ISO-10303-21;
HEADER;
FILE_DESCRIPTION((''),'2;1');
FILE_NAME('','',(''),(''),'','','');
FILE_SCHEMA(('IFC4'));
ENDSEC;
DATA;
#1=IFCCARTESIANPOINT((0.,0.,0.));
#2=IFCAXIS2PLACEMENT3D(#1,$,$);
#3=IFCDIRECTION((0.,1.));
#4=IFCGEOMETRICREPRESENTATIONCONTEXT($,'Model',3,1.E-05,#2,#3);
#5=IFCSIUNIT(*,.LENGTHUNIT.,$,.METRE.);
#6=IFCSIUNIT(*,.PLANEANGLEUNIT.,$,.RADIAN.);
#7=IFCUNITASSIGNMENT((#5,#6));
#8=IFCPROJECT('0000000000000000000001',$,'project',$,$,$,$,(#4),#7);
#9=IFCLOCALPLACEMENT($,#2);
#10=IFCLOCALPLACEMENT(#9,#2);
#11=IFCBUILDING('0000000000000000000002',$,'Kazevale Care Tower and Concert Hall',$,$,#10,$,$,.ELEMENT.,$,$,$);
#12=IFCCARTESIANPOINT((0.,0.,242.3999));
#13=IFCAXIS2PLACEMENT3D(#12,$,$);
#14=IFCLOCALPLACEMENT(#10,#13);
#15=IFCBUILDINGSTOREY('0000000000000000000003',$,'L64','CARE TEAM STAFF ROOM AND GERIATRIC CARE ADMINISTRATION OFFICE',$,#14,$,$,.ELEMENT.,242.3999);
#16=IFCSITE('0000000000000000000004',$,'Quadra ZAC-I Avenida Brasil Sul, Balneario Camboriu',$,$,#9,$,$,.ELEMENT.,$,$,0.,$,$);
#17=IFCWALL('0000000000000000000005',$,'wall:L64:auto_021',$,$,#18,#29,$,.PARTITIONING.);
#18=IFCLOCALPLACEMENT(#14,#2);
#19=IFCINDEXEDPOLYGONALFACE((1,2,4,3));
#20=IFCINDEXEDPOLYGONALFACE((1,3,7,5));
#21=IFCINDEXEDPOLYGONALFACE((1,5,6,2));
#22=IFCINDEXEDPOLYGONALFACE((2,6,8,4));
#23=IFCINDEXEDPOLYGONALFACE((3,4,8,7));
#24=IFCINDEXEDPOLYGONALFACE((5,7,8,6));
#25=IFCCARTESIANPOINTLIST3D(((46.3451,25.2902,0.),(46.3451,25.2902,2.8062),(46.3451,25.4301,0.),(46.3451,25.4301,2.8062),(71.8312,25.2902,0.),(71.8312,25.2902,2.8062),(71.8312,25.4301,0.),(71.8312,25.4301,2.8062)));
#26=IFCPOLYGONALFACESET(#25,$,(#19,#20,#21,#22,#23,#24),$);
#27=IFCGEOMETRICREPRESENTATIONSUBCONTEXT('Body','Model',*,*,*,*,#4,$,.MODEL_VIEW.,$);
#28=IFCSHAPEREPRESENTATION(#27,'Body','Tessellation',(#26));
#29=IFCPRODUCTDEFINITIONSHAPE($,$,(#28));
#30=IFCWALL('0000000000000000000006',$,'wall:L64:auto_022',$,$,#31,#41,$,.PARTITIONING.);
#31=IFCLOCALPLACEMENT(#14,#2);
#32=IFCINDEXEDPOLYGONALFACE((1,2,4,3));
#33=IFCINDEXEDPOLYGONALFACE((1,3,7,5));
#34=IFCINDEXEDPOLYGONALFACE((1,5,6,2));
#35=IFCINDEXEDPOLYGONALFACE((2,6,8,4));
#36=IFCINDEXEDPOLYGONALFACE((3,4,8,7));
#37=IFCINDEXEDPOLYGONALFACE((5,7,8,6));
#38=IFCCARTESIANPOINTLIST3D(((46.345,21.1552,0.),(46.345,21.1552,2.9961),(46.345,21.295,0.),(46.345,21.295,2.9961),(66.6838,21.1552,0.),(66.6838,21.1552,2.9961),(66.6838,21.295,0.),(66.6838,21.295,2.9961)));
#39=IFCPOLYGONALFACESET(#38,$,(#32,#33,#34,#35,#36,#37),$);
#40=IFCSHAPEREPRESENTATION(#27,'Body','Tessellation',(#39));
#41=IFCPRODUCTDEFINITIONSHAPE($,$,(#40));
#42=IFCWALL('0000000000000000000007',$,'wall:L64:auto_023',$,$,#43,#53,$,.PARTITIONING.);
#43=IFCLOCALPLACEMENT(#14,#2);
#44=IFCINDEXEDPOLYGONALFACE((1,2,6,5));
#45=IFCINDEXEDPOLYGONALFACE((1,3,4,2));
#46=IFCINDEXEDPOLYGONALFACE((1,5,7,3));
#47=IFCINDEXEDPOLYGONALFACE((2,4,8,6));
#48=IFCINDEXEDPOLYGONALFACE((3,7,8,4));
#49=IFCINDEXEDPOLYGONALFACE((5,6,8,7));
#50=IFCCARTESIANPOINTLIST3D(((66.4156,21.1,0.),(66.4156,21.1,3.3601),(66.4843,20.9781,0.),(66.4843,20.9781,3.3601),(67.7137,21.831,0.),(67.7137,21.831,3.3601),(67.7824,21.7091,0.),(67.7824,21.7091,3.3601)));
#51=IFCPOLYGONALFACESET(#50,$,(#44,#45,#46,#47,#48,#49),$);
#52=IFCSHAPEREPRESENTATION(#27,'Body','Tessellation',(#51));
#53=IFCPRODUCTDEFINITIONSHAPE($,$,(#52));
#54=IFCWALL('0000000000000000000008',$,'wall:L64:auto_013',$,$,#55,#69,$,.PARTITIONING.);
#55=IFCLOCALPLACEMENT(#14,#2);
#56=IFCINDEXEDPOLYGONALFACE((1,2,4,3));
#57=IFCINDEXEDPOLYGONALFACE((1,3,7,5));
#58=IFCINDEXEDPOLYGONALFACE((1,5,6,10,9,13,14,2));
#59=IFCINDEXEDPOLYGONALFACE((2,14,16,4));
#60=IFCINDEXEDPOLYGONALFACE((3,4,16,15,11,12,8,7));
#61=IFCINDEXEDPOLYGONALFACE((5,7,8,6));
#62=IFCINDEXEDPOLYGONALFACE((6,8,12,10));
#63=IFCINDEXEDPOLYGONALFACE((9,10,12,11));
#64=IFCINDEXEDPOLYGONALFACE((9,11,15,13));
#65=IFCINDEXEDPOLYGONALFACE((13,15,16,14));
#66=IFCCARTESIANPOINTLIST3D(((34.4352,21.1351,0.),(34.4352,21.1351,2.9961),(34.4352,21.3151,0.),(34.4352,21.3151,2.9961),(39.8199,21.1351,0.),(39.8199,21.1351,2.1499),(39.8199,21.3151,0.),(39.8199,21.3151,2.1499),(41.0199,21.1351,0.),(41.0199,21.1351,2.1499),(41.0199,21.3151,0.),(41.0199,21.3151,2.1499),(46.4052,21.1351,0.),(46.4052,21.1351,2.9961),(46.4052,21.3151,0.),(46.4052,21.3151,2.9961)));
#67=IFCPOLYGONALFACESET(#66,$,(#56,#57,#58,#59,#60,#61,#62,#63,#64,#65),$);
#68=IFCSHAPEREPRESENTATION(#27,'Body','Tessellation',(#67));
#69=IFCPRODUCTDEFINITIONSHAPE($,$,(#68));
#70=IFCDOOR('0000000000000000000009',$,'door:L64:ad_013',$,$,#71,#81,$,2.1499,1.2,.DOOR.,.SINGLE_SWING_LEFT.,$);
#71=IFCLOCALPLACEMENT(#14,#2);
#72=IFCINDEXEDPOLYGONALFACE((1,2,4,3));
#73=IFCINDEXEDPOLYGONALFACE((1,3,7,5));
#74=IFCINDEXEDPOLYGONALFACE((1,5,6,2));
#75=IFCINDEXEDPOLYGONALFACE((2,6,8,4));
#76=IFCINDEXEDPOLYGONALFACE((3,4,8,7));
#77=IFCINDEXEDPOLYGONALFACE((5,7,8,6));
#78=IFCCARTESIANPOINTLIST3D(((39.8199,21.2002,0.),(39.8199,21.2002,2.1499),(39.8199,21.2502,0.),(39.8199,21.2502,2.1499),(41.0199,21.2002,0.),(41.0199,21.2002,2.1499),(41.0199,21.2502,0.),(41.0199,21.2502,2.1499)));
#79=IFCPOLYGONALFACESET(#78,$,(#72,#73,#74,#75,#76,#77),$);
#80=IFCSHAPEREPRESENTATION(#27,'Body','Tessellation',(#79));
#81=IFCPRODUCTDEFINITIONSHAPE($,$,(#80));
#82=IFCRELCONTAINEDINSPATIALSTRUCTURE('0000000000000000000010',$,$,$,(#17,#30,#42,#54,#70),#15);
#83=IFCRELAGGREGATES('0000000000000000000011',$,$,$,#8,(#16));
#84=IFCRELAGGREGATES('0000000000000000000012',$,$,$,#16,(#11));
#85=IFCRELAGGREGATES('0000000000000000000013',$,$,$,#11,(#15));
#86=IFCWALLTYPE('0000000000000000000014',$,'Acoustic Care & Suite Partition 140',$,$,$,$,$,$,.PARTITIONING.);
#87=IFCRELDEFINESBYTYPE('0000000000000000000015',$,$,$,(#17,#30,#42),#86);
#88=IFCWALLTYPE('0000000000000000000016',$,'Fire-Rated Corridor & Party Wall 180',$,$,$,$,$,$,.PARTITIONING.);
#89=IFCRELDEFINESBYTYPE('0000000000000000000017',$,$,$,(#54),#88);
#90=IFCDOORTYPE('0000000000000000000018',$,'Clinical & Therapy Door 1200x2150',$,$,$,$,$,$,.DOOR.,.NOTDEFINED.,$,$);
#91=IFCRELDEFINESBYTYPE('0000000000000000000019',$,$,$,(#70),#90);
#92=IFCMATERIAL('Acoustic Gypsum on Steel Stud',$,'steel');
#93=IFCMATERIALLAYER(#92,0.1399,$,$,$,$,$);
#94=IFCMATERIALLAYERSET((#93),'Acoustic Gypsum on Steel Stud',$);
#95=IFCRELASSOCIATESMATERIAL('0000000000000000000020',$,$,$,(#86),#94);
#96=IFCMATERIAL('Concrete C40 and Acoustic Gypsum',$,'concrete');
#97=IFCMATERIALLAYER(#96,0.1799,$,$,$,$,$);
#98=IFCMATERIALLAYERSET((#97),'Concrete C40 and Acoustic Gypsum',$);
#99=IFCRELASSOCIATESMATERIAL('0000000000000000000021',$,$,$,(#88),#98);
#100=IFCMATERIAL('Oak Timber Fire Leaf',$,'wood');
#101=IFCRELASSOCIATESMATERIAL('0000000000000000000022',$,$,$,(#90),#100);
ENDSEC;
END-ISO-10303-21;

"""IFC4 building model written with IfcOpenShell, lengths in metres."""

from ifc_helpers import new_model, si_unit, direction, frame, frame_2d, origin, place, context, subcontext, project, spatial, rectangle, extrude, material, layer, layer_set, type_object, element, fill, save


model = new_model("IFC4")

# Units and contexts
model_context = context("Model", 3, precision=1e-05, world=origin(), true_north=direction((0.0, 1.0)))
body_context = subcontext(model_context, "Body", "Model", "MODEL_VIEW")
ifc_project = project(units=[si_unit("LENGTHUNIT", "METRE"), si_unit("PLANEANGLEUNIT", "RADIAN")], contexts=[model_context])

# Site, building, storey
site_placement = place(None, origin())
site = spatial("IfcSite", under=ifc_project, at=site_placement, Name="Quadra ZAC-I Avenida Brasil Sul, Balneario Camboriu", CompositionType="ELEMENT", RefElevation=0.0)
building_placement = place(site_placement, origin())
building = spatial("IfcBuilding", under=site, at=building_placement, Name="Kazevale Care Tower and Concert Hall", CompositionType="ELEMENT")
storey_placement = place(building_placement, frame((0.0, 0.0, 242.3999)))
storey = spatial("IfcBuildingStorey", under=building, at=storey_placement, Name="L64", Description="CARE TEAM STAFF ROOM AND GERIATRIC CARE ADMINISTRATION OFFICE", CompositionType="ELEMENT", Elevation=242.3999)

# Walls
ifc_material_1 = material(Name="Acoustic Gypsum on Steel Stud", Category="steel")
ifc_layer_1 = layer(ifc_material_1, 0.1399)
ifc_layer_set_1 = layer_set([ifc_layer_1], Name="Acoustic Gypsum on Steel Stud")
wall_type_1 = type_object("IfcWallType", Name="Acoustic Care & Suite Partition 140", PredefinedType="PARTITIONING", material=ifc_layer_set_1)
wall_1_placement = place(storey_placement, frame((46.345, 25.3601, 0.0), z_axis=(0.0, 0.0, 1.0), x_axis=(1.0, 0.0, 0.0)))
element("IfcWall", 1, at=wall_1_placement, inside=storey, type_object=wall_type_1, Name="wall:L64:auto_021", PredefinedType="PARTITIONING", context=body_context, shape_type="SweptSolid", body=[
    extrude(rectangle(XDim=25.4861, YDim=0.1399, at=frame_2d((12.7432, 0.0))), origin(), (0.0, 0.0, 1.0), 2.8062),
])
wall_2_placement = place(storey_placement, frame((66.6838, 21.2251, 0.0), z_axis=(0.0, 0.0, 1.0), x_axis=(-1.0, 0.0, 0.0)))
element("IfcWall", 2, at=wall_2_placement, inside=storey, type_object=wall_type_1, Name="wall:L64:auto_022", PredefinedType="PARTITIONING", context=body_context, shape_type="SweptSolid", body=[
    extrude(rectangle(XDim=20.3389, YDim=0.1399, at=frame_2d((10.1694, 0.0))), origin(), (0.0, 0.0, 1.0), 2.9961),
])
wall_3_placement = place(storey_placement, frame((67.748, 21.77, 0.0), z_axis=(0.0, 0.0, 1.0), x_axis=(-0.871352, -0.490658, 0.0)))
element("IfcWall", 3, at=wall_3_placement, inside=storey, type_object=wall_type_1, Name="wall:L64:auto_023", PredefinedType="PARTITIONING", context=body_context, shape_type="SweptSolid", body=[
    extrude(rectangle(XDim=1.4897, YDim=0.1399, at=frame_2d((0.7449, 0.0))), origin(), (0.0, 0.0, 1.0), 3.3601),
])

# Wall, opening, door
ifc_material_2 = material(Name="Concrete C40 and Acoustic Gypsum", Category="concrete")
ifc_layer_2 = layer(ifc_material_2, 0.1799)
ifc_layer_set_2 = layer_set([ifc_layer_2], Name="Concrete C40 and Acoustic Gypsum")
wall_type_2 = type_object("IfcWallType", Name="Fire-Rated Corridor & Party Wall 180", PredefinedType="PARTITIONING", material=ifc_layer_set_2)
ifc_material_3 = material(Name="Oak Timber Fire Leaf", Category="wood")
door_type_1 = type_object("IfcDoorType", Name="Clinical & Therapy Door 1200x2150", OperationType="NOTDEFINED", PredefinedType="DOOR", material=ifc_material_3)
wall_4_placement = place(storey_placement, frame((46.405, 21.2251, 0.0), z_axis=(0.0, 0.0, 1.0), x_axis=(-1.0, 0.0, 0.0)))
wall_4 = element("IfcWall", 4, at=wall_4_placement, inside=storey, type_object=wall_type_2, Name="wall:L64:auto_013", PredefinedType="PARTITIONING", context=body_context, shape_type="SweptSolid", body=[
    extrude(rectangle(XDim=11.97, YDim=0.1799, at=frame_2d((5.9849, 0.0))), origin(), (0.0, 0.0, 1.0), 2.9961),
])
opening_1_placement = place(wall_4_placement, frame((5.385, 0.0, 0.0)))
opening_1 = element("IfcOpeningElement", 5, at=opening_1_placement, cuts=wall_4, PredefinedType="OPENING", context=body_context, shape_type="SweptSolid", body=[
    extrude(rectangle(XDim=1.2, YDim=2.1499, at=frame_2d((0.6001, 1.075))), frame((0.0, 0.0999, 0.0), z_axis=(0.0, -1.0, 0.0), x_axis=(1.0, 0.0, 0.0)), (0.0, 0.0, 1.0), 0.2),
])
door_1_placement = place(opening_1_placement, origin())
door_1 = element("IfcDoor", 6, at=door_1_placement, inside=storey, type_object=door_type_1, Name="door:L64:ad_013", OperationType="SINGLE_SWING_LEFT", OverallHeight=2.1499, OverallWidth=1.2, PredefinedType="DOOR", context=body_context, shape_type="SweptSolid", body=[
    extrude(rectangle(XDim=1.2, YDim=2.1499, at=frame_2d((0.6001, 1.075))), frame((0.0, 0.0249, 0.0), z_axis=(0.0, -1.0, 0.0), x_axis=(1.0, 0.0, 0.0)), (0.0, 0.0, 1.0), 0.05),
])
fill(opening_1, door_1)

save(model, "model.ifc")
